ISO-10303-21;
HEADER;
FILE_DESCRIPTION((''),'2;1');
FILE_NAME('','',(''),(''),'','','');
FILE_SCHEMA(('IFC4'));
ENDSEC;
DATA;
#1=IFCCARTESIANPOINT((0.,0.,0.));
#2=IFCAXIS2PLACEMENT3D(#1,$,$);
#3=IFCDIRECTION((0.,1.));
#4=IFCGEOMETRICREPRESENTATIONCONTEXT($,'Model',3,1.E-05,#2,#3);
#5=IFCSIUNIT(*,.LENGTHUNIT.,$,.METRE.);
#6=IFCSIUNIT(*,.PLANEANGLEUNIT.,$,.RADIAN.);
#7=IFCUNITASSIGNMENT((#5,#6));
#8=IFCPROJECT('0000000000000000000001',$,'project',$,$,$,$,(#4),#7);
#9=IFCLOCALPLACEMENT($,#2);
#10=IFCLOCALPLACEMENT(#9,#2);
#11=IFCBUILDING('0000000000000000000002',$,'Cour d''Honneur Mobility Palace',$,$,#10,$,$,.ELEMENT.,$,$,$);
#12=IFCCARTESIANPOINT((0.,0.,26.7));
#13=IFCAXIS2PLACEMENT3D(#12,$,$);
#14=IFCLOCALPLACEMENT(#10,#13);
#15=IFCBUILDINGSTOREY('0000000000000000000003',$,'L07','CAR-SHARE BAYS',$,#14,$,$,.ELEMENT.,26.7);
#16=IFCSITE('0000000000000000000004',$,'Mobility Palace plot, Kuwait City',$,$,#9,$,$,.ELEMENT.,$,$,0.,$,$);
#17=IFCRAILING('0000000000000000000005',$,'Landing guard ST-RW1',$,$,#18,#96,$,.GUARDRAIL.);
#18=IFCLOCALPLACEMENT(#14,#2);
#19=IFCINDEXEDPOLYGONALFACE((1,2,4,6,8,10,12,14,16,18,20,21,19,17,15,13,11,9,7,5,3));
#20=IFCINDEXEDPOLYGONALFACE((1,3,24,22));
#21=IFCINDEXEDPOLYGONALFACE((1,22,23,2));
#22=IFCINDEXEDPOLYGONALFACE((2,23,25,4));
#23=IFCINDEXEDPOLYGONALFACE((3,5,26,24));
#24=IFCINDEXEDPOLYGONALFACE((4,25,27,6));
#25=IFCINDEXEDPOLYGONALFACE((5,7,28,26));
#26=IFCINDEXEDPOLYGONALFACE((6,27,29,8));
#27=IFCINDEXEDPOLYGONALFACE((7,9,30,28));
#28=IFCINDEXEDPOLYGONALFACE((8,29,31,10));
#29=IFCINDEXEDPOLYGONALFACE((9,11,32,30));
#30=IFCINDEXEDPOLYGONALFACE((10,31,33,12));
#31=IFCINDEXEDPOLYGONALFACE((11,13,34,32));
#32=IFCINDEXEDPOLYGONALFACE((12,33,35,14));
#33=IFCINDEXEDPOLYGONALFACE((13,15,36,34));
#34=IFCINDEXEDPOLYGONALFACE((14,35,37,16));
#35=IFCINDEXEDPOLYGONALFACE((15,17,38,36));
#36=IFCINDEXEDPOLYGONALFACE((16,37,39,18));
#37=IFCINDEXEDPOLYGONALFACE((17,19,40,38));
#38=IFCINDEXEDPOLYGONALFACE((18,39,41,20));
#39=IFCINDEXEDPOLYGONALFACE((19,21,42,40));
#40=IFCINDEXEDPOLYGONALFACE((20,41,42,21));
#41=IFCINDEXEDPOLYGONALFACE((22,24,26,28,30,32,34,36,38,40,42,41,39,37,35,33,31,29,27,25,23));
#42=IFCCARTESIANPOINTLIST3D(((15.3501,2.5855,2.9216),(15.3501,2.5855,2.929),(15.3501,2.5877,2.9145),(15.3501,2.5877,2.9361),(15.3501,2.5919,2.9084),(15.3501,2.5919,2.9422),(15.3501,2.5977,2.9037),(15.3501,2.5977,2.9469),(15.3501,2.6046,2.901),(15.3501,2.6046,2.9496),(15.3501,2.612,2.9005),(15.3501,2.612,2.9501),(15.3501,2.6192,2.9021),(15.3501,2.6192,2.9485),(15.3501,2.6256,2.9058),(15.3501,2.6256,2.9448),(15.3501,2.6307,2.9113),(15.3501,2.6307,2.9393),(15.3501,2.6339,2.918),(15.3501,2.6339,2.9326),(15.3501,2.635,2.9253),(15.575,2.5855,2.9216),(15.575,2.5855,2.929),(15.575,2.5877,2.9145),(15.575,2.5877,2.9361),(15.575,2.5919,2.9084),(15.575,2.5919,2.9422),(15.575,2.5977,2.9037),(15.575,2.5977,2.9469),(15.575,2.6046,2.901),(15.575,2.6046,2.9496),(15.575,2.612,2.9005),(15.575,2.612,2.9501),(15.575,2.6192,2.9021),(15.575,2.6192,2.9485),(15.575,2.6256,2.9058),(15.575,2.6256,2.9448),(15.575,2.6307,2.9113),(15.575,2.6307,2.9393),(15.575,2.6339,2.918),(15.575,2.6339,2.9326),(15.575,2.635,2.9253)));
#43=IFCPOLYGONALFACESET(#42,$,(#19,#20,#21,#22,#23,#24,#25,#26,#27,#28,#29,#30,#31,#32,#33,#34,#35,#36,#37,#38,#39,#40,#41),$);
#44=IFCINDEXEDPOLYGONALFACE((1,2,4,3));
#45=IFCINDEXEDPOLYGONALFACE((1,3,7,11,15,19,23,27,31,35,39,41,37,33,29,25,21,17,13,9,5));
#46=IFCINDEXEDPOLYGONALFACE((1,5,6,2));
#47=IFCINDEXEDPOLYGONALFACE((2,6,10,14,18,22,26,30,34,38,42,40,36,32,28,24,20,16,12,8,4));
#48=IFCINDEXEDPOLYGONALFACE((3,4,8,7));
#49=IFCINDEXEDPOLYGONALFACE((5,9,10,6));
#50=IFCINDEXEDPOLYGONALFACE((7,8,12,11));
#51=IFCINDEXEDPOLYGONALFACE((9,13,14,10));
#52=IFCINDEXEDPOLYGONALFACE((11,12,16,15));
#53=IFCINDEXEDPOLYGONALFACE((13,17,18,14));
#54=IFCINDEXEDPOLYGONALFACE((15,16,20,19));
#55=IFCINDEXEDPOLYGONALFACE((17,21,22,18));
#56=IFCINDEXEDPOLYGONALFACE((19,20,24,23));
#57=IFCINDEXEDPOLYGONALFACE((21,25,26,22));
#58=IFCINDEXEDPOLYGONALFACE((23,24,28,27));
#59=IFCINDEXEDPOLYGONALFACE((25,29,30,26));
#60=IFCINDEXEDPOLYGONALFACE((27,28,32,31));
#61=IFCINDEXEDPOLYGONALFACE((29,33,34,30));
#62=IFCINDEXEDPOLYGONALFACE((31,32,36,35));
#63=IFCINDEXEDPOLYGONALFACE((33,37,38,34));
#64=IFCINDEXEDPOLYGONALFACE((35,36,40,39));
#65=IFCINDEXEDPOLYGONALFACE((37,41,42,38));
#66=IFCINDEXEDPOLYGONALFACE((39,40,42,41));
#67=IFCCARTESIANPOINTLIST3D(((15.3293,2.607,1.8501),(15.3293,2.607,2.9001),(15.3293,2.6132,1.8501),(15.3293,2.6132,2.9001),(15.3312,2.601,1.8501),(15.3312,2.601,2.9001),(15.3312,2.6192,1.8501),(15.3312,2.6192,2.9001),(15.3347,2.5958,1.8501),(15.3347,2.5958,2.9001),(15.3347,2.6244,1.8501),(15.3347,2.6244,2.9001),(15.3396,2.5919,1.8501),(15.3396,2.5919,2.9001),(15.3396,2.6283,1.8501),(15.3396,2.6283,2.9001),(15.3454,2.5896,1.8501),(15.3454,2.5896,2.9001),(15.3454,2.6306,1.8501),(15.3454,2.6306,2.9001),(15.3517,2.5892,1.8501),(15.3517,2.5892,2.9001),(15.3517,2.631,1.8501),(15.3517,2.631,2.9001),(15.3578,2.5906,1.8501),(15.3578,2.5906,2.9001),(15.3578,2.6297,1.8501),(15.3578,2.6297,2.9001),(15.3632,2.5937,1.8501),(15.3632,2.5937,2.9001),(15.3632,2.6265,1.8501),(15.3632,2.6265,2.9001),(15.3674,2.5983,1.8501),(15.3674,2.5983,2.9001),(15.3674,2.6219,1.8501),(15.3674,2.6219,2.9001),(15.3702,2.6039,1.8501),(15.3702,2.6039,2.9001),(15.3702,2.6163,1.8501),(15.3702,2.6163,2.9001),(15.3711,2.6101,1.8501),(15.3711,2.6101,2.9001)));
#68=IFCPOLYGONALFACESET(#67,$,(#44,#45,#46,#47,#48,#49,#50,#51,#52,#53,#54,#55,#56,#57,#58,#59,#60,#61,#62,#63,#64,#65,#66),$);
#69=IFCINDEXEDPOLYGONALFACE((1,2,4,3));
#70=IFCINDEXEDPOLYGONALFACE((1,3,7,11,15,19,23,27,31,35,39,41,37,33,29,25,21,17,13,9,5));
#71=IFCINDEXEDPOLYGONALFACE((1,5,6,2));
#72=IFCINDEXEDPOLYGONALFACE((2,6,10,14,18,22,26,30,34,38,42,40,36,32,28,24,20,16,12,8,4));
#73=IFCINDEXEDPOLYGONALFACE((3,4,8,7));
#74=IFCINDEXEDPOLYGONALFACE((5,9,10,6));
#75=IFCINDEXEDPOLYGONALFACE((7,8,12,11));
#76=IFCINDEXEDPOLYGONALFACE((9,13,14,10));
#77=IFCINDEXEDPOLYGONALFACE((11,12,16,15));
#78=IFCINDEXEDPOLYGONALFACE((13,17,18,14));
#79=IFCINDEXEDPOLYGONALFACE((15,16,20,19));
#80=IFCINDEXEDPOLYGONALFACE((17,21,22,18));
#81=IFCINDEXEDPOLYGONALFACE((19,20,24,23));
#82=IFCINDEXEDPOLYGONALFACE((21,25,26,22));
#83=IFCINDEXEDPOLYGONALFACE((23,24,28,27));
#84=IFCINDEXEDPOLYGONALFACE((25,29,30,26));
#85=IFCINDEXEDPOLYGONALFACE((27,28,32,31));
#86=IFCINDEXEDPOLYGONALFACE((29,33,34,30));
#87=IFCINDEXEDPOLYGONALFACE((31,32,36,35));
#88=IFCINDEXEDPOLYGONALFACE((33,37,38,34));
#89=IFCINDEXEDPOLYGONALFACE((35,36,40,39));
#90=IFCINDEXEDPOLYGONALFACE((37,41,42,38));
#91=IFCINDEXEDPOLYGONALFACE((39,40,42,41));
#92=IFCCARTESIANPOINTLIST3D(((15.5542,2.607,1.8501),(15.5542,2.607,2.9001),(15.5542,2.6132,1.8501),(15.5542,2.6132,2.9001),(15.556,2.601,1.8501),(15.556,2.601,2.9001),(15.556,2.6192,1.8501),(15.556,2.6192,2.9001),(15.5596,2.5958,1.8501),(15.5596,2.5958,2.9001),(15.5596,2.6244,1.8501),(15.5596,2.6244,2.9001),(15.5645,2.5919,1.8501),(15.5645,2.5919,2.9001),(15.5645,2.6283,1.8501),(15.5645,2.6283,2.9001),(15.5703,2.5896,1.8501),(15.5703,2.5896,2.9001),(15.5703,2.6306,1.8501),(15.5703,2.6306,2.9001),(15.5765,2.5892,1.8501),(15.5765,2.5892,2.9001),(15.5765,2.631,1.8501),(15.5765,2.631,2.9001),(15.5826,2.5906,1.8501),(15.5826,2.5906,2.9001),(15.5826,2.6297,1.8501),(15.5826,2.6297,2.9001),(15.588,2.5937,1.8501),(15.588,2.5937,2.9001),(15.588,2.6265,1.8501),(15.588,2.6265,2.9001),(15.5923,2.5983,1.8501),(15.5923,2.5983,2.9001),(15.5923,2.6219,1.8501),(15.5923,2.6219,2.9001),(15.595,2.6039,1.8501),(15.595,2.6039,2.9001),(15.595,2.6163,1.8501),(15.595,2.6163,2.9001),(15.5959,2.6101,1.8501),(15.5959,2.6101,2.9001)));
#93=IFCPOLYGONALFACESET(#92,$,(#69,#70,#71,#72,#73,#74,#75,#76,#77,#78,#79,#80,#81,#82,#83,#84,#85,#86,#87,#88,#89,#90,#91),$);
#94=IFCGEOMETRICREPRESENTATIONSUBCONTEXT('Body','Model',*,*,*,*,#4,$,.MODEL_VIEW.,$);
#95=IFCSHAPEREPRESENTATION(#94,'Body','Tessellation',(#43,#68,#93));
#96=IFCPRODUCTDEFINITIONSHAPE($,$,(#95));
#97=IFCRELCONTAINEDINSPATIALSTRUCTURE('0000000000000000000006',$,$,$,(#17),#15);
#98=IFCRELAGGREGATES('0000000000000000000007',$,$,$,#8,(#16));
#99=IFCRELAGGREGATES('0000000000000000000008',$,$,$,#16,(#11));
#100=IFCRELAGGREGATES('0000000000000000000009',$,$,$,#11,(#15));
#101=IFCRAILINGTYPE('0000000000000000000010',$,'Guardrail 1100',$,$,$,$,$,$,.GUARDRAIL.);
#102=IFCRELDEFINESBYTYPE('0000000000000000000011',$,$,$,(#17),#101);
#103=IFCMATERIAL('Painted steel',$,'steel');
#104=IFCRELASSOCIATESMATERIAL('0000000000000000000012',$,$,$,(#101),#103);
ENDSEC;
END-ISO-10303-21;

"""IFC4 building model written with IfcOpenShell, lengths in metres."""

from ifc_helpers import new_model, si_unit, direction, frame, origin, origin_2d, place, context, subcontext, project, spatial, circle, extrude, material, type_object, element, save


model = new_model("IFC4")

# Units and contexts
model_context = context("Model", 3, precision=1e-05, world=origin(), true_north=direction((0.0, 1.0)))
body_context = subcontext(model_context, "Body", "Model", "MODEL_VIEW")
ifc_project = project(units=[si_unit("LENGTHUNIT", "METRE"), si_unit("PLANEANGLEUNIT", "RADIAN")], contexts=[model_context])

# Site, building, storey
site_placement = place(None, origin())
site = spatial("IfcSite", under=ifc_project, at=site_placement, Name="Mobility Palace plot, Kuwait City", CompositionType="ELEMENT", RefElevation=0.0)
building_placement = place(site_placement, origin())
building = spatial("IfcBuilding", under=site, at=building_placement, Name="Cour d'Honneur Mobility Palace", CompositionType="ELEMENT")
storey_placement = place(building_placement, frame((0.0, 0.0, 26.7)))
storey = spatial("IfcBuildingStorey", under=building, at=storey_placement, Name="L07", Description="CAR-SHARE BAYS", CompositionType="ELEMENT", Elevation=26.7)

# Railing
ifc_material_1 = material(Name="Painted steel", Category="steel")
railing_type_1 = type_object("IfcRailingType", Name="Guardrail 1100", PredefinedType="GUARDRAIL", material=ifc_material_1)
railing_1_placement = place(storey_placement, frame((15.3501, 2.6101, 1.8501)))
element("IfcRailing", 1, at=railing_1_placement, inside=storey, type_object=railing_type_1, Name="Landing guard ST-RW1", PredefinedType="GUARDRAIL", context=body_context, shape_type="SweptSolid", body=[
    extrude(circle(Radius=0.0249, at=origin_2d()), frame((0.0, 0.0, 1.0752), z_axis=(1.0, 0.0, 0.0), x_axis=(0.0, 1.0, 0.0)), (0.0, 0.0, 1.0), 0.2249),
    extrude(circle(Radius=0.021, at=origin_2d()), origin(), (0.0, 0.0, 1.0), 1.05),
    extrude(circle(Radius=0.021, at=origin_2d()), frame((0.2249, 0.0, 0.0)), (0.0, 0.0, 1.0), 1.05),
])

save(model, "model.ifc")
